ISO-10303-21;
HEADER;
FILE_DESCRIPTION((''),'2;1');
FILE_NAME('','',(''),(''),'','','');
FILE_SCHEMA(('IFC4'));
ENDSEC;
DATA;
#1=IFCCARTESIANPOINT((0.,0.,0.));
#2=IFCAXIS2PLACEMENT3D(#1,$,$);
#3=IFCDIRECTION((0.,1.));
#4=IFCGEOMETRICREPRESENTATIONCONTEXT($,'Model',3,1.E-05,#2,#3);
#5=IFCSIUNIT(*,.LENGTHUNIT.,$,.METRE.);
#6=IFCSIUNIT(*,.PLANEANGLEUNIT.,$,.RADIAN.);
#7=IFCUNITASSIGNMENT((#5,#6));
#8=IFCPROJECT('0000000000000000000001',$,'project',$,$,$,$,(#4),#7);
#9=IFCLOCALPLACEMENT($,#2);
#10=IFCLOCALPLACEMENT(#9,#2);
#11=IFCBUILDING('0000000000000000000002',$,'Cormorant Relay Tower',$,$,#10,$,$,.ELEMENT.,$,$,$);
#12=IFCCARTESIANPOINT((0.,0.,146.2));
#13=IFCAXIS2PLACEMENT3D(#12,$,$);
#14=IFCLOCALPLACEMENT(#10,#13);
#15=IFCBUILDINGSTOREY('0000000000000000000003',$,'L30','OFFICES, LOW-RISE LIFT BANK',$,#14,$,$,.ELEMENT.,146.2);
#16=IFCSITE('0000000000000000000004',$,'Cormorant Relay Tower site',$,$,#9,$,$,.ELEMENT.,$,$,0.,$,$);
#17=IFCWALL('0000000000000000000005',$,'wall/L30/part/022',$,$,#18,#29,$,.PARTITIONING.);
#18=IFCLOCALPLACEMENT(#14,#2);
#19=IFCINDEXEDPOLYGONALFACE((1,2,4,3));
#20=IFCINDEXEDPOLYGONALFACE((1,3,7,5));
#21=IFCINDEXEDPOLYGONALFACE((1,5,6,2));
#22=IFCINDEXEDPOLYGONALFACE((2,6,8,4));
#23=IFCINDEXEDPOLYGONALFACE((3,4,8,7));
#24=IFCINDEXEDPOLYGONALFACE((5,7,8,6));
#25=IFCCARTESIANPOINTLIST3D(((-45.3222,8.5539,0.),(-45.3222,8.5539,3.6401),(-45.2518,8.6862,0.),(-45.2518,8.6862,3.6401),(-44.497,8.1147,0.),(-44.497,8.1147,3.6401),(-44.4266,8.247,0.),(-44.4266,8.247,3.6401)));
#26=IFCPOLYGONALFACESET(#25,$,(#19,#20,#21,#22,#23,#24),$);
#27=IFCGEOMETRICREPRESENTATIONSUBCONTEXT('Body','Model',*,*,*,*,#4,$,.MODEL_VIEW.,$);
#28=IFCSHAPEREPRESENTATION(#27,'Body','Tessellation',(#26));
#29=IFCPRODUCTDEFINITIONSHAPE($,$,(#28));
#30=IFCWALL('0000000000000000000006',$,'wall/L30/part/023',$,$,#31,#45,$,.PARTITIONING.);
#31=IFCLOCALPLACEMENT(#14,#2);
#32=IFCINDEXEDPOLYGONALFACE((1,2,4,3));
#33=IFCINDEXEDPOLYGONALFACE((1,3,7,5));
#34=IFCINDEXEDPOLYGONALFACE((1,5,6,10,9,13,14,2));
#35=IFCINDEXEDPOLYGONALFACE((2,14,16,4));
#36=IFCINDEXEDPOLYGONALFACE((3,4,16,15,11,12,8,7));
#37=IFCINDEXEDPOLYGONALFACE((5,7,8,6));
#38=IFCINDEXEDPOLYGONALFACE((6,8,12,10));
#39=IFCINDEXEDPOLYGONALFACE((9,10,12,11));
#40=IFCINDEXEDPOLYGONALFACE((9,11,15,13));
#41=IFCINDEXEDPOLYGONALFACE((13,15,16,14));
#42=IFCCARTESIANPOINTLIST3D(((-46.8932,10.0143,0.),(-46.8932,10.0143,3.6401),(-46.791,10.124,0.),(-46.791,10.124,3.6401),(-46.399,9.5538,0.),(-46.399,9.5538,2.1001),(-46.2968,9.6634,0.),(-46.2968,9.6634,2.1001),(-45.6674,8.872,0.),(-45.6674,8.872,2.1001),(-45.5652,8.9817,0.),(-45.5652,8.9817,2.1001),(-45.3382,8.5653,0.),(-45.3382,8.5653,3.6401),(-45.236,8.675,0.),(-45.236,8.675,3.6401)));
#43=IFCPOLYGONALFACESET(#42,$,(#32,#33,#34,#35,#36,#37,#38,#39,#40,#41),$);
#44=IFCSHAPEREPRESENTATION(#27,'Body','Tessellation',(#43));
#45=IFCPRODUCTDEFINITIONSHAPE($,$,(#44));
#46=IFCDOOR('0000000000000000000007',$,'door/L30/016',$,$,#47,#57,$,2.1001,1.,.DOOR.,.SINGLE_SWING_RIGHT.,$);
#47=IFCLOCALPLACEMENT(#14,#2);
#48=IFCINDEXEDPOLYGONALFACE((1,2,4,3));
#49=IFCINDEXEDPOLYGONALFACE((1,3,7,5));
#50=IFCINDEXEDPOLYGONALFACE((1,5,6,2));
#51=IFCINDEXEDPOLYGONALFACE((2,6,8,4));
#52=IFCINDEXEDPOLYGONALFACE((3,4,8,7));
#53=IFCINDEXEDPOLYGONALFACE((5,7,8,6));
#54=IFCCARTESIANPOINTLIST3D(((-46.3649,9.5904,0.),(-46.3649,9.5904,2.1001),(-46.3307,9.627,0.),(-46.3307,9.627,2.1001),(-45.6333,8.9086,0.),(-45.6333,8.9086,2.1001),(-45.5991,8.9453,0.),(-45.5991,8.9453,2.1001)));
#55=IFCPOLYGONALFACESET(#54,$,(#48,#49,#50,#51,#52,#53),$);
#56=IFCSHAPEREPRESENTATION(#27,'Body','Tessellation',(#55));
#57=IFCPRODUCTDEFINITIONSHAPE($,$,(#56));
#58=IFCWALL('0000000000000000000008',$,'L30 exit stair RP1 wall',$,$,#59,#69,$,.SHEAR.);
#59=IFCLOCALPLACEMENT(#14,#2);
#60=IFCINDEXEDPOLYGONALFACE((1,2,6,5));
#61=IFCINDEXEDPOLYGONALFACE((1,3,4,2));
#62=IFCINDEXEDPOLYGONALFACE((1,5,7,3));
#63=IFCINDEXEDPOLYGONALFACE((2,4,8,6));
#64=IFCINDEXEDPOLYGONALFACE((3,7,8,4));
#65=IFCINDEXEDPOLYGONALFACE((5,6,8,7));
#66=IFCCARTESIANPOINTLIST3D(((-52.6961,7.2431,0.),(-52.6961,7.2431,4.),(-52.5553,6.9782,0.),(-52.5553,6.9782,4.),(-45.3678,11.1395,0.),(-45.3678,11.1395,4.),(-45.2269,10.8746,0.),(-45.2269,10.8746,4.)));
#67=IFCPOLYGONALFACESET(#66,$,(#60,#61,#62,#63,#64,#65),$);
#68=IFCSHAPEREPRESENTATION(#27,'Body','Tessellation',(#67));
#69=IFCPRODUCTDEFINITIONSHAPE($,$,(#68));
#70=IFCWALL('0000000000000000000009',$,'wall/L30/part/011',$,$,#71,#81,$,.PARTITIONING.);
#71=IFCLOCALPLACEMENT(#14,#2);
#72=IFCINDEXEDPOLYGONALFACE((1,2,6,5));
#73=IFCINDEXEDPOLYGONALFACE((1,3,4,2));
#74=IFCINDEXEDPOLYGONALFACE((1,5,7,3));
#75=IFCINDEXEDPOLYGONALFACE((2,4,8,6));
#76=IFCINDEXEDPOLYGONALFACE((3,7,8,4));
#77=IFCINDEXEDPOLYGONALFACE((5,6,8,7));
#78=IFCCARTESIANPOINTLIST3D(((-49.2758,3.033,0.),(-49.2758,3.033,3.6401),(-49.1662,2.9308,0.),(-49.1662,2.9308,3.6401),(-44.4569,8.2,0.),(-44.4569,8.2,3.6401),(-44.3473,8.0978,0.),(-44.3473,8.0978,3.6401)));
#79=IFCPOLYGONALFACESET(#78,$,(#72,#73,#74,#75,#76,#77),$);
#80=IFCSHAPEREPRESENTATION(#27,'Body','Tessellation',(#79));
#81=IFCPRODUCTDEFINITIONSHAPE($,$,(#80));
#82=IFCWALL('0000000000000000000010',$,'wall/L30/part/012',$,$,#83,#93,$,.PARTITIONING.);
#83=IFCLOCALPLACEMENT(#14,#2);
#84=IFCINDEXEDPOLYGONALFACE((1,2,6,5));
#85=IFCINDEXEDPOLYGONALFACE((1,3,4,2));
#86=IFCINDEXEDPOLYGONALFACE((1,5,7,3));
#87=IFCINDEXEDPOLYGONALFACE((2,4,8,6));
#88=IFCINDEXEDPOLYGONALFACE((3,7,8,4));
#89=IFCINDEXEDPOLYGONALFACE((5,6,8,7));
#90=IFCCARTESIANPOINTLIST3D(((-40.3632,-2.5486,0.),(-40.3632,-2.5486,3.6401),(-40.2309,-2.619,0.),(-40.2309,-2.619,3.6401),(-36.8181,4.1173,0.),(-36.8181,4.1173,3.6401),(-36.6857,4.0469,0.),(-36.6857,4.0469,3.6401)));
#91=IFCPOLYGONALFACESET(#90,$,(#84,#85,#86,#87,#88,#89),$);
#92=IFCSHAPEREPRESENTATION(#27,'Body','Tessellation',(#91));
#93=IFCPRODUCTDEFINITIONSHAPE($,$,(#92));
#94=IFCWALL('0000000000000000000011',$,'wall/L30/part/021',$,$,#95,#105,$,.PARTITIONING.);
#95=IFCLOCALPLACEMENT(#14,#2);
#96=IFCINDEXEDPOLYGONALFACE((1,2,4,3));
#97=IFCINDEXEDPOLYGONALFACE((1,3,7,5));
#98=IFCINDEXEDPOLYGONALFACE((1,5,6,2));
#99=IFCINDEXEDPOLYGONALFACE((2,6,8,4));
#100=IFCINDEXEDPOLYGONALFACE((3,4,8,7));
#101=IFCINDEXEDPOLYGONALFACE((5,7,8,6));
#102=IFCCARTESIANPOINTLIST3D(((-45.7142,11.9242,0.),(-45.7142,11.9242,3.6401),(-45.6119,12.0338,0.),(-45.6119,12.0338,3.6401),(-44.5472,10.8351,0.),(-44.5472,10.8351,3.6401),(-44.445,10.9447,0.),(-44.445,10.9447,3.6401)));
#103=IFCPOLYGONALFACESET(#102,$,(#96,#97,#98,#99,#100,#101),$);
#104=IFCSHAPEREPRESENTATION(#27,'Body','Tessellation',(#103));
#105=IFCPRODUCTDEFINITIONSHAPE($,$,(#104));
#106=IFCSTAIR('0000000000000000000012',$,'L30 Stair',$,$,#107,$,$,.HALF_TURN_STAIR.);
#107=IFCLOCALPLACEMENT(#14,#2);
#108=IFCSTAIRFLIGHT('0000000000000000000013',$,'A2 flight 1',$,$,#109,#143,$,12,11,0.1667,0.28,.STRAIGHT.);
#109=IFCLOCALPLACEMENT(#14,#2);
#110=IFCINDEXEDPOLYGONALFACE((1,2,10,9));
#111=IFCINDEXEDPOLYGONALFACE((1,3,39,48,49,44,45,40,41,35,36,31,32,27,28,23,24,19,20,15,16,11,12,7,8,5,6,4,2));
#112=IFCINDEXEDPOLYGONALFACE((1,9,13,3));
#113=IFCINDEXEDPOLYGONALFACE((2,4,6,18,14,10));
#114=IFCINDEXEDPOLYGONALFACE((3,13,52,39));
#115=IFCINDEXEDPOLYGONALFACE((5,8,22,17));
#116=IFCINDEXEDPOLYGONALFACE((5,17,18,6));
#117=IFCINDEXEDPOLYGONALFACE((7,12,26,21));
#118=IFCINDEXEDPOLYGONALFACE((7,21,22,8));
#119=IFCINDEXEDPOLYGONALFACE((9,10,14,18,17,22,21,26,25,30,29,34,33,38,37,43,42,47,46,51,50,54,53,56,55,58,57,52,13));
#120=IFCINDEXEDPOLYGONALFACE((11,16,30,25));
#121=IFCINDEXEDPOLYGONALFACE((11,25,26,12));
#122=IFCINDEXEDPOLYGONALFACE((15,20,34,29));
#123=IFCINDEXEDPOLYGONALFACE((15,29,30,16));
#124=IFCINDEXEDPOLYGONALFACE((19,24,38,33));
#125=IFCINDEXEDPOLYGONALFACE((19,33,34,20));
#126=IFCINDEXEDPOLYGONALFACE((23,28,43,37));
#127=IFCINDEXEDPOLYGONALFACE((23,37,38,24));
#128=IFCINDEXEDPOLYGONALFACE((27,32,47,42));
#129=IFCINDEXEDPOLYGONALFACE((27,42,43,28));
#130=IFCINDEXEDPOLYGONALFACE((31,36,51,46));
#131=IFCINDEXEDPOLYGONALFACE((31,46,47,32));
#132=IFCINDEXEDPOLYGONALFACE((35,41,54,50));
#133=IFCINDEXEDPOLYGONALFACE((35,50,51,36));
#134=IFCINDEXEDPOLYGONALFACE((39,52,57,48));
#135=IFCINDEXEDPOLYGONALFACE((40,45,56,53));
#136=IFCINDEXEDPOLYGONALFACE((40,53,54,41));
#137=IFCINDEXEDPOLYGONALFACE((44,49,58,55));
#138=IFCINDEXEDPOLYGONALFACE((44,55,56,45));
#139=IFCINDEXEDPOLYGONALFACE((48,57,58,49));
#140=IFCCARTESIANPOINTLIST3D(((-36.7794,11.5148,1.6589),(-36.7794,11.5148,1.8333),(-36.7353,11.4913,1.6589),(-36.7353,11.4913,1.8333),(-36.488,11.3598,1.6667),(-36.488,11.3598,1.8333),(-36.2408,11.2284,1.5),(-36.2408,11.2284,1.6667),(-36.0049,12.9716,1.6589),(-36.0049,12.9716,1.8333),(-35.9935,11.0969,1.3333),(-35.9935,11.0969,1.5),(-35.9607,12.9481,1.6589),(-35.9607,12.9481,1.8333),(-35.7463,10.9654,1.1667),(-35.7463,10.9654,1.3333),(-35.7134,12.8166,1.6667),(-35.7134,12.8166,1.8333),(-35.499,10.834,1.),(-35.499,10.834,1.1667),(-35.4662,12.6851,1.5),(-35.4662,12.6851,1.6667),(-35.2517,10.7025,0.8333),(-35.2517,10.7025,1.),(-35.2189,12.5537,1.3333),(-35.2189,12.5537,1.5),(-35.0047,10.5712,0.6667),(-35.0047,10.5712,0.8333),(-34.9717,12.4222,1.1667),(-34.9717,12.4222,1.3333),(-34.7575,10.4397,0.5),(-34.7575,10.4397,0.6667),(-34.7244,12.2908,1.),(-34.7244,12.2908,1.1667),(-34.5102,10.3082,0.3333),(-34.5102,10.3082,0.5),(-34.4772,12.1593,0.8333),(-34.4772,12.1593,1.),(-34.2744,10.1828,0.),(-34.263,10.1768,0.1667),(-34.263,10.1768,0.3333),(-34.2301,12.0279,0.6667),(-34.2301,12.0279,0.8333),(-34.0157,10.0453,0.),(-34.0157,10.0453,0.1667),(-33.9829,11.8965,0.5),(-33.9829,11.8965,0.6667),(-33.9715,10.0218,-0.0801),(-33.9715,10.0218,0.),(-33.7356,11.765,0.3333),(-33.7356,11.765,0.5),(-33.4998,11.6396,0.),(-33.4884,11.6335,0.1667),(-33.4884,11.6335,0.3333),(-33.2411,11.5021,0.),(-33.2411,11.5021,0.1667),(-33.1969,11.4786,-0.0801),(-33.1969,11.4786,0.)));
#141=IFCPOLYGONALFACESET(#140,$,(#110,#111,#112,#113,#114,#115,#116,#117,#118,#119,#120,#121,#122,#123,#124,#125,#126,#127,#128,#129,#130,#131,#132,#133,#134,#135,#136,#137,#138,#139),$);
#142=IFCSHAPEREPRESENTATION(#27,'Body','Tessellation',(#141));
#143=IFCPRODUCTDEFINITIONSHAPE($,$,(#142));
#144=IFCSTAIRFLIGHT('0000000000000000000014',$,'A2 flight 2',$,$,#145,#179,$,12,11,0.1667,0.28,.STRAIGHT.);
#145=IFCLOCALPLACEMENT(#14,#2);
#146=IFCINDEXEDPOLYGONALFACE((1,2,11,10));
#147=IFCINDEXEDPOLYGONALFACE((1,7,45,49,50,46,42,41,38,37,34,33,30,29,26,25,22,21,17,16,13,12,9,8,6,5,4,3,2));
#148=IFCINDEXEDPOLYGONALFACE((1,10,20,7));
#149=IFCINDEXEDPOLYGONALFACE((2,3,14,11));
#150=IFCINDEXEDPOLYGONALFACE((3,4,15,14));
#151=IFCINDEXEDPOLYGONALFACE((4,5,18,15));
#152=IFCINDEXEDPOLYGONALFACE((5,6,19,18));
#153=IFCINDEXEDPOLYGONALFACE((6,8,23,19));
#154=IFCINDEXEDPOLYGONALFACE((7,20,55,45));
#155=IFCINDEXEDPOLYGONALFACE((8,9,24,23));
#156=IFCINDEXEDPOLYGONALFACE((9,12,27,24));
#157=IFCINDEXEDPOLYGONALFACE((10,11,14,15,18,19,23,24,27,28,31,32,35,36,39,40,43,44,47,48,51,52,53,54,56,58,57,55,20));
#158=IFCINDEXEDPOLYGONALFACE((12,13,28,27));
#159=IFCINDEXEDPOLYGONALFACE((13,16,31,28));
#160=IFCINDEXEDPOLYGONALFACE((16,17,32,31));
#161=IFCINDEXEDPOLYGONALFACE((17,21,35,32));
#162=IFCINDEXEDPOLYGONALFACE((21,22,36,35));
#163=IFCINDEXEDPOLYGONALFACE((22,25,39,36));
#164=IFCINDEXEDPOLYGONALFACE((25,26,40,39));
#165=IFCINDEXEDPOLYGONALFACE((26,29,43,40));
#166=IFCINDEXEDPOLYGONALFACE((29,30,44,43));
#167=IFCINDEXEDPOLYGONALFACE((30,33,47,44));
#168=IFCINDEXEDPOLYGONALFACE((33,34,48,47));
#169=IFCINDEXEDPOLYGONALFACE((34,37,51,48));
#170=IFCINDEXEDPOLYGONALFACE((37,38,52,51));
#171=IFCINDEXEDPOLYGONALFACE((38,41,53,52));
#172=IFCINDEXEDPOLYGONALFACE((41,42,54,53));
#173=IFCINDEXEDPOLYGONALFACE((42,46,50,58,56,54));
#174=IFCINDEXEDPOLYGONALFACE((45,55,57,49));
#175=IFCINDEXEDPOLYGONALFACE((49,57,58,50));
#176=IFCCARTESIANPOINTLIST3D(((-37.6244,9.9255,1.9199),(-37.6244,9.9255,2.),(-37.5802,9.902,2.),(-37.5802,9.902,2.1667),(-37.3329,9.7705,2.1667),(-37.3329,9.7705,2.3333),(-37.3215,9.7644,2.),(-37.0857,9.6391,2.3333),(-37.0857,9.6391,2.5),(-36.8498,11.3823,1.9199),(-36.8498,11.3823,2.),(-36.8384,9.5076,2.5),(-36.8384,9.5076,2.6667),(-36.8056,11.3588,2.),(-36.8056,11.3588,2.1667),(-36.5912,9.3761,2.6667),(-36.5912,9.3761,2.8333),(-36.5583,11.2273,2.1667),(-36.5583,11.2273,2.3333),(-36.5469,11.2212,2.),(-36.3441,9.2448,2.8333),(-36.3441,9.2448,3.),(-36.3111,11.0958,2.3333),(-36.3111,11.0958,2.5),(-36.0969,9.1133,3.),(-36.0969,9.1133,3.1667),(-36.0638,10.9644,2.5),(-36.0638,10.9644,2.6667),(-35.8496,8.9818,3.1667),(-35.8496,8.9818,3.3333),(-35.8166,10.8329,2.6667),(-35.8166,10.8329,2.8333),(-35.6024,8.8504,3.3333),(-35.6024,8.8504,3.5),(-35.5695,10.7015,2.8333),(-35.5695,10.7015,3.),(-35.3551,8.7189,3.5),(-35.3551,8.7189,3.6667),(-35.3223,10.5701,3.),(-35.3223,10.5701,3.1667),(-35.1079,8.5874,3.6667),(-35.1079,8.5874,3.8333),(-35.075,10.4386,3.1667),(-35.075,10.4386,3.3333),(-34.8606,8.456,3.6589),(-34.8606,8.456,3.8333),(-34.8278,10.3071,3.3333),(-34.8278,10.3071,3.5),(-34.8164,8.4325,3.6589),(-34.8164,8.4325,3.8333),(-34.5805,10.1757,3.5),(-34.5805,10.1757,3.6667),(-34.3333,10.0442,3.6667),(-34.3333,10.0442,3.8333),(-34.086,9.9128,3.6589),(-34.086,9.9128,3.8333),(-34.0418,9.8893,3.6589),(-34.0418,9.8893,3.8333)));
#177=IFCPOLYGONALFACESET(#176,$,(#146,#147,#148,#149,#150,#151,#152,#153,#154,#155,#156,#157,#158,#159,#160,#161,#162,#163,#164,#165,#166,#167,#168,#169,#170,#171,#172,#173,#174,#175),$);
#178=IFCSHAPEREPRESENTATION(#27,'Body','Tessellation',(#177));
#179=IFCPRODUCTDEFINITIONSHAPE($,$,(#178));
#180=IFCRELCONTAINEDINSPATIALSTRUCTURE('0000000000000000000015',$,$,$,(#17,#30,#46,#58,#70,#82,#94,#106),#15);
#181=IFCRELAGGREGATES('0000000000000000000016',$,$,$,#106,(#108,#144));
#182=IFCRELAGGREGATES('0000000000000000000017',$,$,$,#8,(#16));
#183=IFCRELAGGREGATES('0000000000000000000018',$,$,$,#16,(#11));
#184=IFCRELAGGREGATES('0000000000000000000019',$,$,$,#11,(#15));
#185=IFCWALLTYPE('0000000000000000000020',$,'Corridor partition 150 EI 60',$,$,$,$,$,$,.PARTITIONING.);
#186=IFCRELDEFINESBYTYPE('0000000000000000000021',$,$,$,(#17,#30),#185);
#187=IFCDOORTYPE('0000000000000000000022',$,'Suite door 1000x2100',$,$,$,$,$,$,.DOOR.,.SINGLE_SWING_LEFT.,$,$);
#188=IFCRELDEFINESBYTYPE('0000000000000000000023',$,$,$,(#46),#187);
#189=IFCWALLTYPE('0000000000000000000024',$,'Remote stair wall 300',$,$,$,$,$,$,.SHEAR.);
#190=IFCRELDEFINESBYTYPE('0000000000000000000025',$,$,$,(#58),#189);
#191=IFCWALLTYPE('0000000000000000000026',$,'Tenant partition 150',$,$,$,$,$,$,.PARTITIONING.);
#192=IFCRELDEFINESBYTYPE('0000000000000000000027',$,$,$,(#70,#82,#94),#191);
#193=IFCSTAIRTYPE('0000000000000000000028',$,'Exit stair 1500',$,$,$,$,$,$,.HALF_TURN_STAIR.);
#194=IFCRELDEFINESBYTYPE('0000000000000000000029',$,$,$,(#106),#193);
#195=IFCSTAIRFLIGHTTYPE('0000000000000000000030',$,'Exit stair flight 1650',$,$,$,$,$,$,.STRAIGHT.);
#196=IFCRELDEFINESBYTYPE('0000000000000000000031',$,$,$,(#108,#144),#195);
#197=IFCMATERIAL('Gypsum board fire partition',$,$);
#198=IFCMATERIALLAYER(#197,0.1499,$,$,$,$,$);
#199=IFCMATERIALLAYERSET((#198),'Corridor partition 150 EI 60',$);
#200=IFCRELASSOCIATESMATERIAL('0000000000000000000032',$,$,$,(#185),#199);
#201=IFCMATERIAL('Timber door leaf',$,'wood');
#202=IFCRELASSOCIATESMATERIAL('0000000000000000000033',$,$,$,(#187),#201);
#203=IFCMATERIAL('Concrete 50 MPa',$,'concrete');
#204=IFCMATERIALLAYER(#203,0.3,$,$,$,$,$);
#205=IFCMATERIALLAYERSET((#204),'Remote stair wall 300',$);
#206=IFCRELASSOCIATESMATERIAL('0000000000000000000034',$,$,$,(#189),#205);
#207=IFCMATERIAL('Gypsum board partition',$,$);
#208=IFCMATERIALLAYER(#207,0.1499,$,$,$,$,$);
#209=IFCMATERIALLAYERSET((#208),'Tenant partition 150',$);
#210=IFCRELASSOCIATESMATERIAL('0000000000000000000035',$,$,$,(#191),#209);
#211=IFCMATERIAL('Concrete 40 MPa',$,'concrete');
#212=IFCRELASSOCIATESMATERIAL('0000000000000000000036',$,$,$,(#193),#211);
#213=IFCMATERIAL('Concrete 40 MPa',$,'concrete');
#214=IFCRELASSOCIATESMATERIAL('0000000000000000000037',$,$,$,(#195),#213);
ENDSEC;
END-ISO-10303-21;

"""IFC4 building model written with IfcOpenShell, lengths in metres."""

from ifc_helpers import new_model, si_unit, direction, frame, frame_2d, origin, place, context, subcontext, project, spatial, polyline, rectangle, outline, extrude, material, layer, layer_set, type_object, element, fill, aggregate, save


model = new_model("IFC4")

# Units and contexts
model_context = context("Model", 3, precision=1e-05, world=origin(), true_north=direction((0.0, 1.0)))
body_context = subcontext(model_context, "Body", "Model", "MODEL_VIEW")
ifc_project = project(units=[si_unit("LENGTHUNIT", "METRE"), si_unit("PLANEANGLEUNIT", "RADIAN")], contexts=[model_context])

# Site, building, storey
site_placement = place(None, origin())
site = spatial("IfcSite", under=ifc_project, at=site_placement, Name="Cormorant Relay Tower site", CompositionType="ELEMENT", RefElevation=0.0)
building_placement = place(site_placement, origin())
building = spatial("IfcBuilding", under=site, at=building_placement, Name="Cormorant Relay Tower", CompositionType="ELEMENT")
storey_placement = place(building_placement, frame((0.0, 0.0, 146.2)))
storey = spatial("IfcBuildingStorey", under=building, at=storey_placement, Name="L30", Description="OFFICES, LOW-RISE LIFT BANK", CompositionType="ELEMENT", Elevation=146.2)

# Wall
ifc_material_1 = material(Name="Gypsum board fire partition")
ifc_layer_1 = layer(ifc_material_1, 0.1499)
ifc_layer_set_1 = layer_set([ifc_layer_1], Name="Corridor partition 150 EI 60")
wall_type_1 = type_object("IfcWallType", Name="Corridor partition 150 EI 60", PredefinedType="PARTITIONING", material=ifc_layer_set_1)
wall_1_placement = place(storey_placement, frame((-44.4619, 8.1809, 0.0), z_axis=(0.0, 0.0, 1.0), x_axis=(-0.88275, 0.469843, 0.0)))
element("IfcWall", 1, at=wall_1_placement, inside=storey, type_object=wall_type_1, Name="wall/L30/part/022", PredefinedType="PARTITIONING", context=body_context, shape_type="SweptSolid", body=[
    extrude(rectangle(XDim=0.9348, YDim=0.1499, at=frame_2d((0.4673, 0.0))), origin(), (0.0, 0.0, 1.0), 3.6401),
])

# Wall, opening, door
wall_2_placement = place(storey_placement, frame((-45.2871, 8.6201, 0.0), z_axis=(0.0, 0.0, 1.0), x_axis=(-0.731594, 0.681741, 0.0)))
wall_2 = element("IfcWall", 2, at=wall_2_placement, inside=storey, type_object=wall_type_1, Name="wall/L30/part/023", PredefinedType="PARTITIONING", context=body_context, shape_type="SweptSolid", body=[
    extrude(rectangle(XDim=2.1255, YDim=0.1499, at=frame_2d((1.0627, 0.0))), origin(), (0.0, 0.0, 1.0), 3.6401),
])
opening_placement = place(wall_2_placement, frame((0.45, 0.0, 0.0)))
opening = element("IfcOpeningElement", 3, at=opening_placement, cuts=wall_2, PredefinedType="OPENING", context=body_context, shape_type="SweptSolid", body=[
    extrude(rectangle(XDim=1.0, YDim=2.1001, at=frame_2d((0.5, 1.05))), frame((0.0, 0.085, 0.0), z_axis=(0.0, -1.0, 0.0), x_axis=(1.0, 0.0, 0.0)), (0.0, 0.0, 1.0), 0.1699),
])
ifc_material_2 = material(Name="Timber door leaf", Category="wood")
door_type = type_object("IfcDoorType", Name="Suite door 1000x2100", OperationType="SINGLE_SWING_LEFT", PredefinedType="DOOR", material=ifc_material_2)
door_placement = place(opening_placement, origin())
door = element("IfcDoor", 4, at=door_placement, inside=storey, type_object=door_type, Name="door/L30/016", OperationType="SINGLE_SWING_RIGHT", OverallHeight=2.1001, OverallWidth=1.0, PredefinedType="DOOR", context=body_context, shape_type="SweptSolid", body=[
    extrude(rectangle(XDim=1.0, YDim=2.1001, at=frame_2d((0.5, 1.05))), frame((0.0, 0.0249, 0.0), z_axis=(0.0, -1.0, 0.0), x_axis=(1.0, 0.0, 0.0)), (0.0, 0.0, 1.0), 0.05),
])
fill(opening, door)

# Walls
ifc_material_3 = material(Name="Concrete 50 MPa", Category="concrete")
ifc_layer_2 = layer(ifc_material_3, 0.3)
ifc_layer_set_2 = layer_set([ifc_layer_2], Name="Remote stair wall 300")
wall_type_2 = type_object("IfcWallType", Name="Remote stair wall 300", PredefinedType="SHEAR", material=ifc_layer_set_2)
wall_3_placement = place(storey_placement, frame((-45.2974, 11.0071, 0.0), z_axis=(0.0, 0.0, 1.0), x_axis=(-0.882952, -0.469464, 0.0)))
element("IfcWall", 5, at=wall_3_placement, inside=storey, type_object=wall_type_2, Name="L30 exit stair RP1 wall", PredefinedType="SHEAR", context=body_context, shape_type="SweptSolid", body=[
    extrude(rectangle(XDim=8.2998, YDim=0.3, at=frame_2d((4.1499, 0.0))), origin(), (0.0, 0.0, 1.0), 4.0),
])
ifc_material_4 = material(Name="Gypsum board partition")
ifc_layer_3 = layer(ifc_material_4, 0.1499)
ifc_layer_set_3 = layer_set([ifc_layer_3], Name="Tenant partition 150")
wall_type_3 = type_object("IfcWallType", Name="Tenant partition 150", PredefinedType="PARTITIONING", material=ifc_layer_set_3)
wall_4_placement = place(storey_placement, frame((-44.4021, 8.1489, 0.0), z_axis=(0.0, 0.0, 1.0), x_axis=(-0.68204, -0.731315, 0.0)))
element("IfcWall", 6, at=wall_4_placement, inside=storey, type_object=wall_type_3, Name="wall/L30/part/011", PredefinedType="PARTITIONING", context=body_context, shape_type="SweptSolid", body=[
    extrude(rectangle(XDim=7.0654, YDim=0.1499, at=frame_2d((3.5327, 0.0))), origin(), (0.0, 0.0, 1.0), 3.6401),
])
wall_5_placement = place(storey_placement, frame((-36.752, 4.082, 0.0), z_axis=(0.0, 0.0, 1.0), x_axis=(-0.469552, -0.882905, 0.0)))
element("IfcWall", 7, at=wall_5_placement, inside=storey, type_object=wall_type_3, Name="wall/L30/part/012", PredefinedType="PARTITIONING", context=body_context, shape_type="SweptSolid", body=[
    extrude(rectangle(XDim=7.55, YDim=0.1499, at=frame_2d((3.7749, 0.0))), origin(), (0.0, 0.0, 1.0), 3.6401),
])
wall_6_placement = place(storey_placement, frame((-44.4961, 10.8899, 0.0), z_axis=(0.0, 0.0, 1.0), x_axis=(-0.731081, 0.682291, 0.0)))
element("IfcWall", 8, at=wall_6_placement, inside=storey, type_object=wall_type_3, Name="wall/L30/part/021", PredefinedType="PARTITIONING", context=body_context, shape_type="SweptSolid", body=[
    extrude(rectangle(XDim=1.5962, YDim=0.1499, at=frame_2d((0.7981, 0.0))), origin(), (0.0, 0.0, 1.0), 3.6401),
])

# Stair, stair flights
ifc_material_5 = material(Name="Concrete 40 MPa", Category="concrete")
stair_type = type_object("IfcStairType", Name="Exit stair 1500", PredefinedType="HALF_TURN_STAIR", material=ifc_material_5)
stair_placement = place(storey_placement, origin())
stair = element("IfcStair", 9, at=stair_placement, inside=storey, type_object=stair_type, Name="L30 Stair", PredefinedType="HALF_TURN_STAIR")
ifc_material_6 = material(Name="Concrete 40 MPa", Category="concrete")
stair_flight_type = type_object("IfcStairFlightType", Name="Exit stair flight 1650", PredefinedType="STRAIGHT", material=ifc_material_6)
stair_flight_1_placement = place(storey_placement, frame((-33.6284, 10.7737, 0.0), z_axis=(0.0, 0.0, 1.0), x_axis=(-0.882948, 0.469472, 0.0)))
stair_flight_1 = element("IfcStairFlight", 10, at=stair_flight_1_placement, type_object=stair_flight_type, Name="A2 flight 1", NumberOfRisers=12, NumberOfTreads=11, PredefinedType="STRAIGHT", RiserHeight=0.1667, TreadLength=0.28, context=body_context, shape_type="SweptSolid", body=[
    extrude(outline(polyline([(-0.05, -0.0801), (-0.05, 0.0), (0.0, 0.0), (0.0, 0.1667), (0.28, 0.1667), (0.28, 0.3333), (0.5601, 0.3333), (0.5601, 0.5), (0.8401, 0.5), (0.8401, 0.6667), (1.1201, 0.6667), (1.1201, 0.8333), (1.3999, 0.8333), (1.3999, 1.0), (1.6799, 1.0), (1.6799, 1.1667), (1.96, 1.1667), (1.96, 1.3333), (2.24, 1.3333), (2.24, 1.5), (2.52, 1.5), (2.52, 1.6667), (2.8, 1.6667), (2.8, 1.8333), (3.0801, 1.8333), (3.1301, 1.8333), (3.1301, 1.6589), (3.0801, 1.6589), (0.293, 0.0), (-0.05, -0.0801)])), frame((0.0, 0.825, 0.0), z_axis=(0.0, -1.0, 0.0), x_axis=(1.0, 0.0, 0.0)), (0.0, 0.0, 1.0), 1.6499),
])
stair_flight_2_placement = place(storey_placement, frame((-37.1929, 10.6304, 2.0), z_axis=(0.0, 0.0, 1.0), x_axis=(0.882948, -0.469472, 0.0)))
stair_flight_2 = element("IfcStairFlight", 11, at=stair_flight_2_placement, type_object=stair_flight_type, Name="A2 flight 2", NumberOfRisers=12, NumberOfTreads=11, PredefinedType="STRAIGHT", RiserHeight=0.1667, TreadLength=0.28, context=body_context, shape_type="SweptSolid", body=[
    extrude(outline(polyline([(-0.05, -0.0801), (-0.05, 0.0), (0.0, 0.0), (0.0, 0.1667), (0.28, 0.1667), (0.28, 0.3333), (0.5601, 0.3333), (0.5601, 0.5), (0.8401, 0.5), (0.8401, 0.6667), (1.1201, 0.6667), (1.1201, 0.8333), (1.3999, 0.8333), (1.3999, 1.0), (1.6799, 1.0), (1.6799, 1.1667), (1.96, 1.1667), (1.96, 1.3333), (2.24, 1.3333), (2.24, 1.5), (2.52, 1.5), (2.52, 1.6667), (2.8, 1.6667), (2.8, 1.8333), (3.0801, 1.8333), (3.1301, 1.8333), (3.1301, 1.6589), (3.0801, 1.6589), (0.293, 0.0), (-0.05, -0.0801)])), frame((0.0, 0.825, 0.0), z_axis=(0.0, -1.0, 0.0), x_axis=(1.0, 0.0, 0.0)), (0.0, 0.0, 1.0), 1.6499),
])
aggregate(stair, [stair_flight_1, stair_flight_2])

save(model, "model.ifc")
